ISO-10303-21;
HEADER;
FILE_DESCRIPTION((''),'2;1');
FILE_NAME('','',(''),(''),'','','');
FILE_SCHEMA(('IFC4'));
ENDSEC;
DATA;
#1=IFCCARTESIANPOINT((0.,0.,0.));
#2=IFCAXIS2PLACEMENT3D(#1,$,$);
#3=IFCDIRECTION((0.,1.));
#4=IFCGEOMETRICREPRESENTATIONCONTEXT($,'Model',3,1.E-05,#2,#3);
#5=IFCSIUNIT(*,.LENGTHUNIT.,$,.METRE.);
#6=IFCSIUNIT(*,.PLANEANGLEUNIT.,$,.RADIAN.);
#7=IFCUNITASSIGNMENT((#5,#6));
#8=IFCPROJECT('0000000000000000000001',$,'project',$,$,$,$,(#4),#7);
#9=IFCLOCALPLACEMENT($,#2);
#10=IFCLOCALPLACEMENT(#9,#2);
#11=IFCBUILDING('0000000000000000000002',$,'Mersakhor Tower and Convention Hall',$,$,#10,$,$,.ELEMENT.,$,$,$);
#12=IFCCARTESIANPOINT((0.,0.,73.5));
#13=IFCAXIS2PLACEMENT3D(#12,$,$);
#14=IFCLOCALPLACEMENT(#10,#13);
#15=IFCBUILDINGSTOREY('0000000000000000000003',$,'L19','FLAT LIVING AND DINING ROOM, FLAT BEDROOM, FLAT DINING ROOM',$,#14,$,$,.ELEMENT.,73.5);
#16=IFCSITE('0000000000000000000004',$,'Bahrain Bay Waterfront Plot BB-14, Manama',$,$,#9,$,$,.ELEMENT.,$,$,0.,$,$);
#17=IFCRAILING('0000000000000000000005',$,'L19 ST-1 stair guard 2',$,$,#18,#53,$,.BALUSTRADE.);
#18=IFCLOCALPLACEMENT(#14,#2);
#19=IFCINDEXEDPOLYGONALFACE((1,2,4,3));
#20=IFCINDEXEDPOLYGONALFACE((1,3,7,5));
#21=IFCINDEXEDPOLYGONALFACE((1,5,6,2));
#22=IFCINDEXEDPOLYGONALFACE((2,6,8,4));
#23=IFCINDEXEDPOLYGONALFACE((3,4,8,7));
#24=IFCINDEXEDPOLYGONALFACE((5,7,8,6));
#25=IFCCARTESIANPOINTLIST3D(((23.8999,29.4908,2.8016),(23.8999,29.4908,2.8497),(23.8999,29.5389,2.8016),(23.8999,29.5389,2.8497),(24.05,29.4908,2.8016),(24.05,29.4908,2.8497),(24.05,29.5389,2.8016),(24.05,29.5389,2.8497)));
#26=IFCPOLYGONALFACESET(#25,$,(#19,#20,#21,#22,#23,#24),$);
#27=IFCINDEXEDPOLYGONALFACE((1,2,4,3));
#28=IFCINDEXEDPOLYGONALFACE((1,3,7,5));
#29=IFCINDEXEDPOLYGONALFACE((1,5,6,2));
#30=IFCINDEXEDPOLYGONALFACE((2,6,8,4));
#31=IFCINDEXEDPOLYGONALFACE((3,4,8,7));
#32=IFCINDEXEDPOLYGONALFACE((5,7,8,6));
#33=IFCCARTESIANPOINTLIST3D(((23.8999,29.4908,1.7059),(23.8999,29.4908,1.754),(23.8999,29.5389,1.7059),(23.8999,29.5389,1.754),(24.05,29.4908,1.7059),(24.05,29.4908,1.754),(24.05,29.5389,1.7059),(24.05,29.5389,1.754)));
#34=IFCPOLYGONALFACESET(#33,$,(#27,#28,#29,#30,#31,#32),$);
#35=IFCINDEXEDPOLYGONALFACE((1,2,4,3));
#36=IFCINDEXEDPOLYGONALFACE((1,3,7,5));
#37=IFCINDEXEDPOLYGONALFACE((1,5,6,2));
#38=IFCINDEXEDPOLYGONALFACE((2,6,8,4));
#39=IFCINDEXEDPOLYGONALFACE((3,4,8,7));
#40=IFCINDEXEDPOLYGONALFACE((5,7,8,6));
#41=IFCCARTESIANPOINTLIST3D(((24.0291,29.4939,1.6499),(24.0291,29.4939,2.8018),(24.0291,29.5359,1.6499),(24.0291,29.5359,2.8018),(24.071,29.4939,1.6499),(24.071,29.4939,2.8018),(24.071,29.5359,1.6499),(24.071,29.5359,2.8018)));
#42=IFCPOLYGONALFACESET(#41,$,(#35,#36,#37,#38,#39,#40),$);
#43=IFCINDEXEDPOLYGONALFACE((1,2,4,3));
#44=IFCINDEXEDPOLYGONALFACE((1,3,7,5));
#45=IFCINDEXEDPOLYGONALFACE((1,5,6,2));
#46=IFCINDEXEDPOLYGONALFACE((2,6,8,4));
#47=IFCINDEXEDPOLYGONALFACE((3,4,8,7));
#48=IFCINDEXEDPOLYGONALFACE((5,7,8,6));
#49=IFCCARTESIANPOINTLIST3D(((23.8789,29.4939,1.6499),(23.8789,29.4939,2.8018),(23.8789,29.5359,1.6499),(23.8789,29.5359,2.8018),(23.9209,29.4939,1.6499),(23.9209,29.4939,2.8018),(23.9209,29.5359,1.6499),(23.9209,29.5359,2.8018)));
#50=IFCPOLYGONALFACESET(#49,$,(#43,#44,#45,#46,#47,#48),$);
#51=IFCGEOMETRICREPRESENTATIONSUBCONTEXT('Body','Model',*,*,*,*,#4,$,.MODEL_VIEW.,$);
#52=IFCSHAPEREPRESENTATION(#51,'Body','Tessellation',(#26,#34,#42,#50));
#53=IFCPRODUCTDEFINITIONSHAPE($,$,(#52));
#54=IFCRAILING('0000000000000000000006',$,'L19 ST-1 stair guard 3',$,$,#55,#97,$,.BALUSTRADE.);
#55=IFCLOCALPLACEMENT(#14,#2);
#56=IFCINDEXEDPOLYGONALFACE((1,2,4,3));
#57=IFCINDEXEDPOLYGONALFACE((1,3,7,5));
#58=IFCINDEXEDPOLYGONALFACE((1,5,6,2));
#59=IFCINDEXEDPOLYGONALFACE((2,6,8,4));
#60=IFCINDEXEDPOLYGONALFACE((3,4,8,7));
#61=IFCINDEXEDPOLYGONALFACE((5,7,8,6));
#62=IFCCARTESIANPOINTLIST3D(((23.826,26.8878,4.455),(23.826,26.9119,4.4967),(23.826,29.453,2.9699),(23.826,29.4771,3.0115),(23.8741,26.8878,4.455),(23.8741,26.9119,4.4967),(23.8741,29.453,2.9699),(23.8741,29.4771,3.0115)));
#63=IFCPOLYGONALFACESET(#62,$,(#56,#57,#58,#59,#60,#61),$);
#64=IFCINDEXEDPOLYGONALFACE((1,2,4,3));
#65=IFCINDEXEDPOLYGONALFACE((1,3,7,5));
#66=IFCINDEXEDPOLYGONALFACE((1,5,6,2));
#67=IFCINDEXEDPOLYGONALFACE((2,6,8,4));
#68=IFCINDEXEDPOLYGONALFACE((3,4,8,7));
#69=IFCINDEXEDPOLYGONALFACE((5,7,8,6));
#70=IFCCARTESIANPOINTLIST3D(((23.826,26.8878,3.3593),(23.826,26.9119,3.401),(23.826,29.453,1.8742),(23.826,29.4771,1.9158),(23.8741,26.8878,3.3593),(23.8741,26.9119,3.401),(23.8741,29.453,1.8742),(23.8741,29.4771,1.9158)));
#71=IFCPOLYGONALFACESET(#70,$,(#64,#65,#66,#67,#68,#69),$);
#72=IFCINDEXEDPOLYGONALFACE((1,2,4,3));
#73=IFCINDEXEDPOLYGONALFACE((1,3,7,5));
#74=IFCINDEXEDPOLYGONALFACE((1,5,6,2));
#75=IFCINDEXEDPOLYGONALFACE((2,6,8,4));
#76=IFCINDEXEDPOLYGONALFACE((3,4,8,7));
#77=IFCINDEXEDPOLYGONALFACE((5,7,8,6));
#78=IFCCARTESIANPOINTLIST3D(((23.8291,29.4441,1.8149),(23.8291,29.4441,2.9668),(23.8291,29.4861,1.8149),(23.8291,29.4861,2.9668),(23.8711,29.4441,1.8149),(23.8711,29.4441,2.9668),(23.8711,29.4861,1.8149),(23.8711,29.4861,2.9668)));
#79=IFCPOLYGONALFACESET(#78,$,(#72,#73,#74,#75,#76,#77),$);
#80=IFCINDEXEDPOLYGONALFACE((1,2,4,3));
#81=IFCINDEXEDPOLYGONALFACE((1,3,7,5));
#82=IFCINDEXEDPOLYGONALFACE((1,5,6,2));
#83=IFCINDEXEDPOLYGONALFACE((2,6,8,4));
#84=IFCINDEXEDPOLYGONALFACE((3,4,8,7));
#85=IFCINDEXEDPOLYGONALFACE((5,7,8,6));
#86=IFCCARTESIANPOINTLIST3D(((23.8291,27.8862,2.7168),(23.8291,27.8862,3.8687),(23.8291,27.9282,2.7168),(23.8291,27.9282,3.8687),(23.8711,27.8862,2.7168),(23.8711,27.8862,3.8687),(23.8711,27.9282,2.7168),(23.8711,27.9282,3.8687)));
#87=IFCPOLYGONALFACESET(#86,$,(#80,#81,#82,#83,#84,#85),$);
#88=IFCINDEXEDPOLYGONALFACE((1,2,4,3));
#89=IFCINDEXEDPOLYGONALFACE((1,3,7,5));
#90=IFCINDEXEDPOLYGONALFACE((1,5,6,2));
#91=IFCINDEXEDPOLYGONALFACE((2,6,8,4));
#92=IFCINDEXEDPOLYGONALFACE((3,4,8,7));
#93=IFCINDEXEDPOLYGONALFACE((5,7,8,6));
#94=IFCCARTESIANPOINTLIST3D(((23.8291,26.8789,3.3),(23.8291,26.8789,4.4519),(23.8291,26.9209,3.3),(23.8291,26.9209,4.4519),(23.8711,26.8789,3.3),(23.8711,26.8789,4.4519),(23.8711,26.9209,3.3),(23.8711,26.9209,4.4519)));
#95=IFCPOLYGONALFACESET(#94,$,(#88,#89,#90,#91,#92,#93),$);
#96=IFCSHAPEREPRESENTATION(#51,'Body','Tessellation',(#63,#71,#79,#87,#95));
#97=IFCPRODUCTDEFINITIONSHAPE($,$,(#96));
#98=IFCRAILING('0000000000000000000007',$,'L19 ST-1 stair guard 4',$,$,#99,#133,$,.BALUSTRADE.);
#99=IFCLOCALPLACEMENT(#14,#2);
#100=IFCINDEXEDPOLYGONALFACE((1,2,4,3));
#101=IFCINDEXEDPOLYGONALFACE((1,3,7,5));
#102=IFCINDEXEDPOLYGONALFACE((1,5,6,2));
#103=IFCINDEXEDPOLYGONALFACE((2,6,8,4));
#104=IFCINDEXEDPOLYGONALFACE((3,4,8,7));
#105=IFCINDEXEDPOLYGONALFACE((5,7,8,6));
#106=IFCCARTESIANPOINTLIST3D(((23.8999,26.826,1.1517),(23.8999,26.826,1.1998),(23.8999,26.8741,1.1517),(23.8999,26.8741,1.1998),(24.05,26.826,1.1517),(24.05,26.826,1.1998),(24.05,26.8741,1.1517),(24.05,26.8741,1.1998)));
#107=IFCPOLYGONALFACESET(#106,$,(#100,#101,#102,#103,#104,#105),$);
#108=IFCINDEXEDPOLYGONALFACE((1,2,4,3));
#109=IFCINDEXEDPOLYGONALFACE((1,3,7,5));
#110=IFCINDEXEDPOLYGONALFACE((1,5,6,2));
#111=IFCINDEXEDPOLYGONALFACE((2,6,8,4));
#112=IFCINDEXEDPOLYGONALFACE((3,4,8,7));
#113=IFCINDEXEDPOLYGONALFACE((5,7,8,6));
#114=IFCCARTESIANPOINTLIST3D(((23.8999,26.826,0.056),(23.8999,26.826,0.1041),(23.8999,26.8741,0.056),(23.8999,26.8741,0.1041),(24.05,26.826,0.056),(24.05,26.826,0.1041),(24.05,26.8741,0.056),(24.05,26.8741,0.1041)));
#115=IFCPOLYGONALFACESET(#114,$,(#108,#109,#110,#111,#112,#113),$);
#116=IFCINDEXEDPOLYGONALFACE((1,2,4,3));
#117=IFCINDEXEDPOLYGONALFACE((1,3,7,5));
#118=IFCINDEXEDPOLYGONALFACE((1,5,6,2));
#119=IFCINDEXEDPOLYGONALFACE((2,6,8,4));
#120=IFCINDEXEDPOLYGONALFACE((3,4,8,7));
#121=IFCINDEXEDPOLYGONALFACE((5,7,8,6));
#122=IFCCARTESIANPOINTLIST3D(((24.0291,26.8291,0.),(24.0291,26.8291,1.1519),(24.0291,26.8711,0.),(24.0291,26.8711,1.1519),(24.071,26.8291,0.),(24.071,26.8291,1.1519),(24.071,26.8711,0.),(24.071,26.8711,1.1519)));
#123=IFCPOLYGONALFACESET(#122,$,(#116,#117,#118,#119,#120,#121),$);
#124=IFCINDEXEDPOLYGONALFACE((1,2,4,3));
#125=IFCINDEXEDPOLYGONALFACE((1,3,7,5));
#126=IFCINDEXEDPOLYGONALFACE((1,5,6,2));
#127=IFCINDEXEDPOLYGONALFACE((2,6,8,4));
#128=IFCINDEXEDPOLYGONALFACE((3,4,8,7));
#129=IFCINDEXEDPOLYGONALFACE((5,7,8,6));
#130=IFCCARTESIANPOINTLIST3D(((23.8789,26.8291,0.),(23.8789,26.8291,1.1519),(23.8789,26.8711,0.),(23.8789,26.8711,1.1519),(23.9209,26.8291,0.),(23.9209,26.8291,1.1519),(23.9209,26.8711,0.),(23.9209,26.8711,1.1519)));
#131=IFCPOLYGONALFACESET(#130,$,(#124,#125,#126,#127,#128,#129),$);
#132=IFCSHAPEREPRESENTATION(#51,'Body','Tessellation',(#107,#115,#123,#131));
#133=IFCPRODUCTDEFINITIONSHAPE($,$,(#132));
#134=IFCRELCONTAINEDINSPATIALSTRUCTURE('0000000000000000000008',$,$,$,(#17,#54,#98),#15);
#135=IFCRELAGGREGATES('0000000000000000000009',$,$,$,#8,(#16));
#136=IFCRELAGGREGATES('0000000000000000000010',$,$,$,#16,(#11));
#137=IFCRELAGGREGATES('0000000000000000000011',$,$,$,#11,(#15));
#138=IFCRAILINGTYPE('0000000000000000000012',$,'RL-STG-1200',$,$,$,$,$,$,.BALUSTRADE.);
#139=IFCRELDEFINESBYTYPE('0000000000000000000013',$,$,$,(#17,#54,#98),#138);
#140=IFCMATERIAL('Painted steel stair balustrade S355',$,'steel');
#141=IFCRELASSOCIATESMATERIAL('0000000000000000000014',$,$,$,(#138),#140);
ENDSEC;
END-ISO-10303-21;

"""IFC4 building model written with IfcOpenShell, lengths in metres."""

from ifc_helpers import new_model, si_unit, direction, frame, origin, origin_2d, place, context, subcontext, project, spatial, rectangle, extrude, material, type_object, element, save


model = new_model("IFC4")

# Units and contexts
model_context = context("Model", 3, precision=1e-05, world=origin(), true_north=direction((0.0, 1.0)))
body_context = subcontext(model_context, "Body", "Model", "MODEL_VIEW")
ifc_project = project(units=[si_unit("LENGTHUNIT", "METRE"), si_unit("PLANEANGLEUNIT", "RADIAN")], contexts=[model_context])

# Site, building, storey
site_placement = place(None, origin())
site = spatial("IfcSite", under=ifc_project, at=site_placement, Name="Bahrain Bay Waterfront Plot BB-14, Manama", CompositionType="ELEMENT", RefElevation=0.0)
building_placement = place(site_placement, origin())
building = spatial("IfcBuilding", under=site, at=building_placement, Name="Mersakhor Tower and Convention Hall", CompositionType="ELEMENT")
storey_placement = place(building_placement, frame((0.0, 0.0, 73.5)))
storey = spatial("IfcBuildingStorey", under=building, at=storey_placement, Name="L19", Description="FLAT LIVING AND DINING ROOM, FLAT BEDROOM, FLAT DINING ROOM", CompositionType="ELEMENT", Elevation=73.5)

# Railings
ifc_material_1 = material(Name="Painted steel stair balustrade S355", Category="steel")
railing_type_1 = type_object("IfcRailingType", Name="RL-STG-1200", PredefinedType="BALUSTRADE", material=ifc_material_1)
railing_1_placement = place(storey_placement, frame((24.05, 29.5149, 1.6499)))
element("IfcRailing", 1, at=railing_1_placement, inside=storey, type_object=railing_type_1, Name="L19 ST-1 stair guard 2", PredefinedType="BALUSTRADE", context=body_context, shape_type="SweptSolid", body=[
    extrude(rectangle(XDim=0.0481, YDim=0.0481, at=origin_2d()), frame((0.0, 0.0, 1.1758), z_axis=(-1.0, 0.0, 0.0), x_axis=(0.0, -1.0, 0.0)), (0.0, 0.0, 1.0), 0.1501),
    extrude(rectangle(XDim=0.0481, YDim=0.0481, at=origin_2d()), frame((0.0, 0.0, 0.0801), z_axis=(-1.0, 0.0, 0.0), x_axis=(0.0, -1.0, 0.0)), (0.0, 0.0, 1.0), 0.1501),
    extrude(rectangle(XDim=0.042, YDim=0.042, at=origin_2d()), origin(), (0.0, 0.0, 1.0), 1.1519),
    extrude(rectangle(XDim=0.042, YDim=0.042, at=origin_2d()), frame((-0.1501, 0.0, 0.0)), (0.0, 0.0, 1.0), 1.1519),
])
railing_2_placement = place(storey_placement, frame((23.8501, 29.4651, 1.8149)))
element("IfcRailing", 2, at=railing_2_placement, inside=storey, type_object=railing_type_1, Name="L19 ST-1 stair guard 3", PredefinedType="BALUSTRADE", context=body_context, shape_type="SweptSolid", body=[
    extrude(rectangle(XDim=0.0481, YDim=0.0481, at=origin_2d()), frame((0.0, 0.0, 1.1758), z_axis=(0.0, -0.865426, 0.501036), x_axis=(1.0, 0.0, 0.0)), (0.0, 0.0, 1.0), 2.9641),
    extrude(rectangle(XDim=0.0481, YDim=0.0481, at=origin_2d()), frame((0.0, 0.0, 0.0801), z_axis=(0.0, -0.865426, 0.501036), x_axis=(1.0, 0.0, 0.0)), (0.0, 0.0, 1.0), 2.9641),
    extrude(rectangle(XDim=0.042, YDim=0.042, at=origin_2d()), origin(), (0.0, 0.0, 1.0), 1.1519),
    extrude(rectangle(XDim=0.042, YDim=0.042, at=origin_2d()), frame((0.0, -1.5579, 0.9019)), (0.0, 0.0, 1.0), 1.1519),
    extrude(rectangle(XDim=0.042, YDim=0.042, at=origin_2d()), frame((0.0, -2.5652, 1.4851)), (0.0, 0.0, 1.0), 1.1519),
])
railing_3_placement = place(storey_placement, frame((24.05, 26.8501, 0.0)))
element("IfcRailing", 3, at=railing_3_placement, inside=storey, type_object=railing_type_1, Name="L19 ST-1 stair guard 4", PredefinedType="BALUSTRADE", context=body_context, shape_type="SweptSolid", body=[
    extrude(rectangle(XDim=0.0481, YDim=0.0481, at=origin_2d()), frame((0.0, 0.0, 1.1758), z_axis=(-1.0, 0.0, 0.0), x_axis=(0.0, -1.0, 0.0)), (0.0, 0.0, 1.0), 0.1501),
    extrude(rectangle(XDim=0.0481, YDim=0.0481, at=origin_2d()), frame((0.0, 0.0, 0.0801), z_axis=(-1.0, 0.0, 0.0), x_axis=(0.0, -1.0, 0.0)), (0.0, 0.0, 1.0), 0.1501),
    extrude(rectangle(XDim=0.042, YDim=0.042, at=origin_2d()), origin(), (0.0, 0.0, 1.0), 1.1519),
    extrude(rectangle(XDim=0.042, YDim=0.042, at=origin_2d()), frame((-0.1501, 0.0, 0.0)), (0.0, 0.0, 1.0), 1.1519),
])

save(model, "model.ifc")
